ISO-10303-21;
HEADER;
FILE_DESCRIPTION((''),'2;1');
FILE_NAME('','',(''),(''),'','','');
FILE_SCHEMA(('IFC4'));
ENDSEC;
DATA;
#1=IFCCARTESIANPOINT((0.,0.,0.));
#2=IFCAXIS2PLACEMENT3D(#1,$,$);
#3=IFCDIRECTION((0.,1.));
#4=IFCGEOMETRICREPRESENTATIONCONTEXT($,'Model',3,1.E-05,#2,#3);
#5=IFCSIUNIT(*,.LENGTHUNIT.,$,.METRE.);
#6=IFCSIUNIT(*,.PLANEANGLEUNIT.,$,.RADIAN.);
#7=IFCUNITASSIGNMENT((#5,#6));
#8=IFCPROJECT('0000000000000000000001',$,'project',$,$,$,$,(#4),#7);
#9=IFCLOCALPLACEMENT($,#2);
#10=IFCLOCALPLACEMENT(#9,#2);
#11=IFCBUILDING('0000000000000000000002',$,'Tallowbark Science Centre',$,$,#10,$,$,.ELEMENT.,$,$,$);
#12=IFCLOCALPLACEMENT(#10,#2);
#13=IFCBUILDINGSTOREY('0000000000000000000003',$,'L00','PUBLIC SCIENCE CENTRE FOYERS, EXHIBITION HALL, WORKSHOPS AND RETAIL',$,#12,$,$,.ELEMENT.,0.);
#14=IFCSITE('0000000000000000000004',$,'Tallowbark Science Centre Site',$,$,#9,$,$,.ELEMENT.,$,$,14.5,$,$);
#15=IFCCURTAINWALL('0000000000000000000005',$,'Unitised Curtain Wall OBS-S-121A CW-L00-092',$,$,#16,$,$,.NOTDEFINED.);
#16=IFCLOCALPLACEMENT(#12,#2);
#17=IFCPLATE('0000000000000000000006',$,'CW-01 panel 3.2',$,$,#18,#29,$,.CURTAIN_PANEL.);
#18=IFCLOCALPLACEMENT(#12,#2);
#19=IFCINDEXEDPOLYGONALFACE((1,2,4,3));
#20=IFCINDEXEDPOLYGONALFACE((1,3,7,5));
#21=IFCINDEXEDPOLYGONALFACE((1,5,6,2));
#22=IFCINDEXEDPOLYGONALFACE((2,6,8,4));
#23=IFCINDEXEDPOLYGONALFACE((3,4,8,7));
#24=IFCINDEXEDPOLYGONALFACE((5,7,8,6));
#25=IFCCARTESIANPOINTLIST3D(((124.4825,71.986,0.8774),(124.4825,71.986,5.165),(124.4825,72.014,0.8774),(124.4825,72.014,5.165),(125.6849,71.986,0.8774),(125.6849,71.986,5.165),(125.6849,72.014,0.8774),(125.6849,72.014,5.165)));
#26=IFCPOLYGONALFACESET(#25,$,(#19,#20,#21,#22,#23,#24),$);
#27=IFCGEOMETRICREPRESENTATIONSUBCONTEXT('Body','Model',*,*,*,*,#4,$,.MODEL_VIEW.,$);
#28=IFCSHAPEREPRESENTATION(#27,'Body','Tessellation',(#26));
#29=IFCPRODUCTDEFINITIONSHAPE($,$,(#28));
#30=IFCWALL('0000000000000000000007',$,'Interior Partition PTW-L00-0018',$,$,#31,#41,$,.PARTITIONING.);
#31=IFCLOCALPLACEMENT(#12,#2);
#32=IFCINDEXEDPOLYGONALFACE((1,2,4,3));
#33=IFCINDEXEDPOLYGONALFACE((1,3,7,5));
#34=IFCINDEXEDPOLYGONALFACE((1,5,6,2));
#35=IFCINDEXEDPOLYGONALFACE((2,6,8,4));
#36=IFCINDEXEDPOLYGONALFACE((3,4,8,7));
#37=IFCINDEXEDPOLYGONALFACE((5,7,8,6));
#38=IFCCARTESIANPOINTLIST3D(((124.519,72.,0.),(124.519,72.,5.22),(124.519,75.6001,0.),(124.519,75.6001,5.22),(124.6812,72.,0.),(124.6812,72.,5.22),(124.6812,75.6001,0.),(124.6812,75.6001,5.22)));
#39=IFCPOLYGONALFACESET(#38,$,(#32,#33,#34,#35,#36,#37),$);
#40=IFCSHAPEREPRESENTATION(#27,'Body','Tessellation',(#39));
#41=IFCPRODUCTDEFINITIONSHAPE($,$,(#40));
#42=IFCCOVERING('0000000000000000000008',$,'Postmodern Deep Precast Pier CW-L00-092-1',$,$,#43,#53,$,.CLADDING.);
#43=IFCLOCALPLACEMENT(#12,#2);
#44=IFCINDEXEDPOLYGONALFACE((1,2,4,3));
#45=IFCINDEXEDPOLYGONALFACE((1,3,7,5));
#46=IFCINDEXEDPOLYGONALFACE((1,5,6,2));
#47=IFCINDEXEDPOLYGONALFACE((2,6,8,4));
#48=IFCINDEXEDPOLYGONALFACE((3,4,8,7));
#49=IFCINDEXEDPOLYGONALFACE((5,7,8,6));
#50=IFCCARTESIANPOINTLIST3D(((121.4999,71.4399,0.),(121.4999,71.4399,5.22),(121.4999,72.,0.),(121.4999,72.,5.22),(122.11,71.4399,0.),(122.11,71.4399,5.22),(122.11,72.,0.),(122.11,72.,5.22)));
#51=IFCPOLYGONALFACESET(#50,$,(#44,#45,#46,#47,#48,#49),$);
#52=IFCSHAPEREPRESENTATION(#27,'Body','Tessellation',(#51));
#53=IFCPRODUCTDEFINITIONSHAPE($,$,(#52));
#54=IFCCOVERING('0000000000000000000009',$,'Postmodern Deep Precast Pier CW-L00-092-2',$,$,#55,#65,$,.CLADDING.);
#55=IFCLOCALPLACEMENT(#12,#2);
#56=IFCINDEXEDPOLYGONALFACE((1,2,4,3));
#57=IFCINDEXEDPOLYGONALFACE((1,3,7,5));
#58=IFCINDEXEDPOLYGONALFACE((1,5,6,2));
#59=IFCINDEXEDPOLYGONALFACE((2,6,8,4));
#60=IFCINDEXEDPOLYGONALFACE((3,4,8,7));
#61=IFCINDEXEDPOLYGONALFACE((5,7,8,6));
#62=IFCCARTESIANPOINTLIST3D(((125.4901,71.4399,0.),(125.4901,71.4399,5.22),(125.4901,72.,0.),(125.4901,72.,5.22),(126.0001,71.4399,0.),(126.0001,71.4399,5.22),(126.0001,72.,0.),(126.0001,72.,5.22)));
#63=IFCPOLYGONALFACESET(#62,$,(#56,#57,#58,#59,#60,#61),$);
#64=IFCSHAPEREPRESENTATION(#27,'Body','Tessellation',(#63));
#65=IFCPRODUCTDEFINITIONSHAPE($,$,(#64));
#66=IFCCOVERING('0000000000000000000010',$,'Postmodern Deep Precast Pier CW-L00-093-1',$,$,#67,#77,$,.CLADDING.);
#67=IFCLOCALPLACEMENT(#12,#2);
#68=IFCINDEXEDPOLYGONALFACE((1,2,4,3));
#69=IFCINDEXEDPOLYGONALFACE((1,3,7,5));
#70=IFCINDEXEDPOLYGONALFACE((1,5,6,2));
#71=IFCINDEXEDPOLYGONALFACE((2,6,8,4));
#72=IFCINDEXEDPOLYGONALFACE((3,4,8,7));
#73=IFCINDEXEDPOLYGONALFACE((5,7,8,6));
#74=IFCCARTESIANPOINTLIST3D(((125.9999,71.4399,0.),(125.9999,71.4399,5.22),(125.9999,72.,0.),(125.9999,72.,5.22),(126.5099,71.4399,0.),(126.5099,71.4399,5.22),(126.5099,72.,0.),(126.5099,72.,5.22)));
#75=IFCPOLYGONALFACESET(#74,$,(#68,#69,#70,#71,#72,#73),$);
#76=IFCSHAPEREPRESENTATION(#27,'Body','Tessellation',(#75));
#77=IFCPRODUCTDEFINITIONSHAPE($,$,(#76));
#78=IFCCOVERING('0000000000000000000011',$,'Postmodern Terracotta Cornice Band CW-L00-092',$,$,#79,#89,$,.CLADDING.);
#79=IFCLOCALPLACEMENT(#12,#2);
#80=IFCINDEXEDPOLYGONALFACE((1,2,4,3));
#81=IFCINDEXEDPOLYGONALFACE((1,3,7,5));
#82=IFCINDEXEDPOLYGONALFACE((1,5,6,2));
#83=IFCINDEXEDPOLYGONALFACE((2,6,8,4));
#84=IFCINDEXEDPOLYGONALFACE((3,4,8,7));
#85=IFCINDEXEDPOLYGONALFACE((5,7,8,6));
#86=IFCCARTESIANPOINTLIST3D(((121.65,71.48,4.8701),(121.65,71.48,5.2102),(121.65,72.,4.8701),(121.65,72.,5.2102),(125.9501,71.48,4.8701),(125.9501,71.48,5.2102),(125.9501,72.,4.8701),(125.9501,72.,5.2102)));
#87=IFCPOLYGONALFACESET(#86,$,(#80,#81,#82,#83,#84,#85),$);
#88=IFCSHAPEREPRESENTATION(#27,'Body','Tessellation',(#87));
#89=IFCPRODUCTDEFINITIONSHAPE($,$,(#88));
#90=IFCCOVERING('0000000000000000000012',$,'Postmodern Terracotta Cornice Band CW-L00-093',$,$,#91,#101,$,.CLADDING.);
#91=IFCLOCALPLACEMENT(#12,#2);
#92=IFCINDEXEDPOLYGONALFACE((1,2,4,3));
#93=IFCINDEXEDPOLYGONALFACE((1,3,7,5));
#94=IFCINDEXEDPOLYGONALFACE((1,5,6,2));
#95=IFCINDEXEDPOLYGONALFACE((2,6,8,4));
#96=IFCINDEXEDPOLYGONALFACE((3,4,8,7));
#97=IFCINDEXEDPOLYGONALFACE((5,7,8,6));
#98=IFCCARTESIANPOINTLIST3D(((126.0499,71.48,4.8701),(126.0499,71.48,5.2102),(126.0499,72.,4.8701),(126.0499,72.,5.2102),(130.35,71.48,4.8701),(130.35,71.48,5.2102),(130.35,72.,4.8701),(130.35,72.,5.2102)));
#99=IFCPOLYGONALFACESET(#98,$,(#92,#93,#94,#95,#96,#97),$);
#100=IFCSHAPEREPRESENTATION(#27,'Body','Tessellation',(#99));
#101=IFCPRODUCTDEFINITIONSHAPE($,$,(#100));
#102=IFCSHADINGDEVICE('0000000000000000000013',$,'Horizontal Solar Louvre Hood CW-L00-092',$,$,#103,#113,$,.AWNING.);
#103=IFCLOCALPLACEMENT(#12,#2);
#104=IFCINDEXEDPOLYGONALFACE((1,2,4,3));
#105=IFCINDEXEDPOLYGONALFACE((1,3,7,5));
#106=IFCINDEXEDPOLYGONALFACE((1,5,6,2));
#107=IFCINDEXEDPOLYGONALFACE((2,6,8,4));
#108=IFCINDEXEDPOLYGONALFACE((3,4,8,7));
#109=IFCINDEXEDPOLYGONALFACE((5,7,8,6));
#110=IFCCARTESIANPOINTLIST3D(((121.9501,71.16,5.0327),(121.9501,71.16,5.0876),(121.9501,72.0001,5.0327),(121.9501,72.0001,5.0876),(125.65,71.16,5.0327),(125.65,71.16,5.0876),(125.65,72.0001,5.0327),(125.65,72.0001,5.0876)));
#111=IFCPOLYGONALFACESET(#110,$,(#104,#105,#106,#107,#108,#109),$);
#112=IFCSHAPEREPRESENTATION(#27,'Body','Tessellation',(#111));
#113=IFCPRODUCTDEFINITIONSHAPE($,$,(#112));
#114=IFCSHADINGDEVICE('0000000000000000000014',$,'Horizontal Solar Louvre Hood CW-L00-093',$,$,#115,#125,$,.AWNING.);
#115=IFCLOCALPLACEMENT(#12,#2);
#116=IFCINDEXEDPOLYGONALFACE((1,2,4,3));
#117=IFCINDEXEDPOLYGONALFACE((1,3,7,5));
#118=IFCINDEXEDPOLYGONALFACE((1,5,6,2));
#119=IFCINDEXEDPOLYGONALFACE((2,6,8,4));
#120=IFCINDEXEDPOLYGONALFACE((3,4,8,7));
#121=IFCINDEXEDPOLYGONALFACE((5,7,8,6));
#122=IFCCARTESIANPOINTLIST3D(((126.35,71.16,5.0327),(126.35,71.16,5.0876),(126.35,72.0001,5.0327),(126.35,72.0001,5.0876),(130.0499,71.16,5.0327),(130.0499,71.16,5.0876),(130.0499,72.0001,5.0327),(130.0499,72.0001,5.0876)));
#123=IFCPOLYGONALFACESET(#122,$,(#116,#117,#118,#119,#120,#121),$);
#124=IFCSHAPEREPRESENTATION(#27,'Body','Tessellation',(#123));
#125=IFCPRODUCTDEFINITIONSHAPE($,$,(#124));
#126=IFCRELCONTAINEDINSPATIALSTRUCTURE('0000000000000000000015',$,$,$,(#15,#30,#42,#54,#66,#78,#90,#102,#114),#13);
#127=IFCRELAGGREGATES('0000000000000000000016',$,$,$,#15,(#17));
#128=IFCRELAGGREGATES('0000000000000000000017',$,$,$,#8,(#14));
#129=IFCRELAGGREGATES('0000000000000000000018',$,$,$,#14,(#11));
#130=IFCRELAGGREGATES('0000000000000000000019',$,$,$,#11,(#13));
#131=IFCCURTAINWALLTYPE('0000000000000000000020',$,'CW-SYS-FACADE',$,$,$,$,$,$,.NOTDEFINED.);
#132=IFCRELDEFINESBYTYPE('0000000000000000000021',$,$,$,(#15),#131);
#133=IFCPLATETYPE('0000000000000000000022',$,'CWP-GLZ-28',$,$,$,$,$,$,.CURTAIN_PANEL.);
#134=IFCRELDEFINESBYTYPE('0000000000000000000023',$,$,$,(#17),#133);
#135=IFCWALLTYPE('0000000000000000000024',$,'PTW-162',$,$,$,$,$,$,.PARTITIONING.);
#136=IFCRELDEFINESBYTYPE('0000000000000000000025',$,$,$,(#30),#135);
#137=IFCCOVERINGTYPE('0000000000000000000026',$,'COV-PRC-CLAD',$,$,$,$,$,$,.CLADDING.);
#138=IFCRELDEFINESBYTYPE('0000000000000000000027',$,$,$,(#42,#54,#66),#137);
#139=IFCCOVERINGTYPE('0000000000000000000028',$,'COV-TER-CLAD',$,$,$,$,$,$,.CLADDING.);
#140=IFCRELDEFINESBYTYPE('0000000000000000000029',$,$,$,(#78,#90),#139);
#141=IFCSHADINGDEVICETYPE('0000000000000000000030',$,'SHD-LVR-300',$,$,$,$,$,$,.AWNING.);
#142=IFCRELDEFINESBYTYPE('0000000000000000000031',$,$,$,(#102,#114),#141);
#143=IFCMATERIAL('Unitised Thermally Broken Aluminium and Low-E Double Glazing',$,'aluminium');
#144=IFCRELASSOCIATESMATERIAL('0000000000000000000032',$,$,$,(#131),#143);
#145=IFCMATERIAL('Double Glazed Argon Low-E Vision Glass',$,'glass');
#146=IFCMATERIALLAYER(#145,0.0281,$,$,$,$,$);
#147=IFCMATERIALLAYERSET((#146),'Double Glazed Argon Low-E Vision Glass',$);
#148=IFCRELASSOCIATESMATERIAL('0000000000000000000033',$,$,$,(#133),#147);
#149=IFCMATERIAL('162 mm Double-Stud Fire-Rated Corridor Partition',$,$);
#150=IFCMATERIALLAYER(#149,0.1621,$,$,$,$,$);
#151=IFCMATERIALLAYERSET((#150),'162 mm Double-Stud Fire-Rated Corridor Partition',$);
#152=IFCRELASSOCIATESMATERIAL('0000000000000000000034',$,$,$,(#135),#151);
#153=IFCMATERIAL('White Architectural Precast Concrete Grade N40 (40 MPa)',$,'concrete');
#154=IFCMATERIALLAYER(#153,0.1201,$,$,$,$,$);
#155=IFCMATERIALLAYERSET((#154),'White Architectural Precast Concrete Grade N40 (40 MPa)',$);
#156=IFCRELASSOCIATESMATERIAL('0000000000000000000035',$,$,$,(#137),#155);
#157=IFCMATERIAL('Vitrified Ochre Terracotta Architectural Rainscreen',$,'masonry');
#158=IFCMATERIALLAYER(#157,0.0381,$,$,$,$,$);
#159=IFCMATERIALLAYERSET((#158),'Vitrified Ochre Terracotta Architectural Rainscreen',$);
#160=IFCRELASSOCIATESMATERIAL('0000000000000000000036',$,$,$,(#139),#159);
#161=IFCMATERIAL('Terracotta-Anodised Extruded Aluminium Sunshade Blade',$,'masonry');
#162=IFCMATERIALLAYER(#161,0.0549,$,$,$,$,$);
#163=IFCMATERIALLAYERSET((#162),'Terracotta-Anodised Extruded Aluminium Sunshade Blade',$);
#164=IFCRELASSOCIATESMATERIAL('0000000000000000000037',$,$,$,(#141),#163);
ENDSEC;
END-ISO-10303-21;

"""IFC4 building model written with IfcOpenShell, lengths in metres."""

from ifc_helpers import new_model, si_unit, direction, frame, frame_2d, origin, origin_2d, place, context, subcontext, project, spatial, rectangle, extrude, material, layer, layer_set, type_object, element, aggregate, save


model = new_model("IFC4")

# Units and contexts
model_context = context("Model", 3, precision=1e-05, world=origin(), true_north=direction((0.0, 1.0)))
body_context = subcontext(model_context, "Body", "Model", "MODEL_VIEW")
ifc_project = project(units=[si_unit("LENGTHUNIT", "METRE"), si_unit("PLANEANGLEUNIT", "RADIAN")], contexts=[model_context])

# Site, building, storey
site_placement = place(None, origin())
site = spatial("IfcSite", under=ifc_project, at=site_placement, Name="Tallowbark Science Centre Site", CompositionType="ELEMENT", RefElevation=14.5)
building_placement = place(site_placement, origin())
building = spatial("IfcBuilding", under=site, at=building_placement, Name="Tallowbark Science Centre", CompositionType="ELEMENT")
storey_placement = place(building_placement, origin())
storey = spatial("IfcBuildingStorey", under=building, at=storey_placement, Name="L00", Description="PUBLIC SCIENCE CENTRE FOYERS, EXHIBITION HALL, WORKSHOPS AND RETAIL", CompositionType="ELEMENT", Elevation=0.0)

# Curtain wall
ifc_material_1 = material(Name="Unitised Thermally Broken Aluminium and Low-E Double Glazing", Category="aluminium")
curtain_wall_type = type_object("IfcCurtainWallType", Name="CW-SYS-FACADE", PredefinedType="NOTDEFINED", material=ifc_material_1)
curtain_wall_1_placement = place(storey_placement, origin())
curtain_wall_1 = element("IfcCurtainWall", 1, at=curtain_wall_1_placement, inside=storey, type_object=curtain_wall_type, Name="Unitised Curtain Wall OBS-S-121A CW-L00-092", PredefinedType="NOTDEFINED")

# Plate
ifc_material_2 = material(Name="Double Glazed Argon Low-E Vision Glass", Category="glass")
ifc_layer_1 = layer(ifc_material_2, 0.0281)
ifc_layer_set_1 = layer_set([ifc_layer_1], Name="Double Glazed Argon Low-E Vision Glass")
plate_type = type_object("IfcPlateType", Name="CWP-GLZ-28", PredefinedType="CURTAIN_PANEL", material=ifc_layer_set_1)
plate_1_placement = place(storey_placement, frame((125.0837, 72.0, 0.8774), z_axis=(0.0, 0.0, 1.0), x_axis=(1.0, 0.0, 0.0)))
plate_1 = element("IfcPlate", 2, at=plate_1_placement, type_object=plate_type, Name="CW-01 panel 3.2", PredefinedType="CURTAIN_PANEL", context=body_context, shape_type="SweptSolid", body=[
    extrude(rectangle(XDim=1.2024, YDim=0.0281, at=origin_2d()), origin(), (0.0, 0.0, 1.0), 4.2876),
])
aggregate(curtain_wall_1, [plate_1])

# Wall
ifc_material_3 = material(Name="162 mm Double-Stud Fire-Rated Corridor Partition")
ifc_layer_2 = layer(ifc_material_3, 0.1621)
ifc_layer_set_2 = layer_set([ifc_layer_2], Name="162 mm Double-Stud Fire-Rated Corridor Partition")
wall_type = type_object("IfcWallType", Name="PTW-162", PredefinedType="PARTITIONING", material=ifc_layer_set_2)
wall_placement = place(storey_placement, frame((124.6001, 72.0, 0.0), z_axis=(0.0, 0.0, 1.0), x_axis=(0.0, 1.0, 0.0)))
element("IfcWall", 3, at=wall_placement, inside=storey, type_object=wall_type, Name="Interior Partition PTW-L00-0018", PredefinedType="PARTITIONING", context=body_context, shape_type="SweptSolid", body=[
    extrude(rectangle(XDim=3.6001, YDim=0.1621, at=frame_2d((1.8, 0.0))), origin(), (0.0, 0.0, 1.0), 5.22),
])

# Coverings
ifc_material_4 = material(Name="White Architectural Precast Concrete Grade N40 (40 MPa)", Category="concrete")
ifc_layer_3 = layer(ifc_material_4, 0.1201)
ifc_layer_set_3 = layer_set([ifc_layer_3], Name="White Architectural Precast Concrete Grade N40 (40 MPa)")
covering_type_1 = type_object("IfcCoveringType", Name="COV-PRC-CLAD", PredefinedType="CLADDING", material=ifc_layer_set_3)
covering_placement = place(storey_placement, frame((121.8049, 71.72, 0.0), z_axis=(0.0, 0.0, 1.0), x_axis=(1.0, 0.0, 0.0)))
element("IfcCovering", 4, at=covering_placement, inside=storey, type_object=covering_type_1, Name="Postmodern Deep Precast Pier CW-L00-092-1", PredefinedType="CLADDING", context=body_context, shape_type="SweptSolid", body=[
    extrude(rectangle(XDim=0.6101, YDim=0.5601, at=origin_2d()), origin(), (0.0, 0.0, 1.0), 5.22),
])
for number, where, z_axis, x_axis, name in (
    (5, (125.7451, 71.72, 0.0), (0.0, 0.0, 1.0), (1.0, 0.0, 0.0), "Postmodern Deep Precast Pier CW-L00-092-2"),
    (6, (126.2549, 71.72, 0.0), (0.0, 0.0, 1.0), (1.0, 0.0, 0.0), "Postmodern Deep Precast Pier CW-L00-093-1"),
):
    element("IfcCovering", number, at=place(storey_placement, frame(where, z_axis=z_axis, x_axis=x_axis)), inside=storey, type_object=covering_type_1, Name=name, PredefinedType="CLADDING", context=body_context, shape_type="SweptSolid", body=[
        extrude(rectangle(XDim=0.51, YDim=0.5601, at=origin_2d()), origin(), (0.0, 0.0, 1.0), 5.22),
    ])
ifc_material_5 = material(Name="Vitrified Ochre Terracotta Architectural Rainscreen", Category="masonry")
ifc_layer_4 = layer(ifc_material_5, 0.0381)
ifc_layer_set_4 = layer_set([ifc_layer_4], Name="Vitrified Ochre Terracotta Architectural Rainscreen")
covering_type_2 = type_object("IfcCoveringType", Name="COV-TER-CLAD", PredefinedType="CLADDING", material=ifc_layer_set_4)
for number, where, z_axis, x_axis, name in (
    (7, (123.8, 71.74, 4.8701), (0.0, 0.0, 1.0), (1.0, 0.0, 0.0), "Postmodern Terracotta Cornice Band CW-L00-092"),
    (8, (128.2, 71.74, 4.8701), (0.0, 0.0, 1.0), (1.0, 0.0, 0.0), "Postmodern Terracotta Cornice Band CW-L00-093"),
):
    element("IfcCovering", number, at=place(storey_placement, frame(where, z_axis=z_axis, x_axis=x_axis)), inside=storey, type_object=covering_type_2, Name=name, PredefinedType="CLADDING", context=body_context, shape_type="SweptSolid", body=[
        extrude(rectangle(XDim=4.3, YDim=0.52, at=origin_2d()), origin(), (0.0, 0.0, 1.0), 0.3401),
    ])

# Shading devices
ifc_material_6 = material(Name="Terracotta-Anodised Extruded Aluminium Sunshade Blade", Category="masonry")
ifc_layer_5 = layer(ifc_material_6, 0.0549)
ifc_layer_set_5 = layer_set([ifc_layer_5], Name="Terracotta-Anodised Extruded Aluminium Sunshade Blade")
shading_device_type = type_object("IfcShadingDeviceType", Name="SHD-LVR-300", PredefinedType="AWNING", material=ifc_layer_set_5)
for number, where, z_axis, x_axis, name in (
    (9, (123.8, 71.5801, 5.0327), (0.0, 0.0, 1.0), (1.0, 0.0, 0.0), "Horizontal Solar Louvre Hood CW-L00-092"),
    (10, (128.2, 71.5801, 5.0327), (0.0, 0.0, 1.0), (1.0, 0.0, 0.0), "Horizontal Solar Louvre Hood CW-L00-093"),
):
    element("IfcShadingDevice", number, at=place(storey_placement, frame(where, z_axis=z_axis, x_axis=x_axis)), inside=storey, type_object=shading_device_type, Name=name, PredefinedType="AWNING", context=body_context, shape_type="SweptSolid", body=[
        extrude(rectangle(XDim=3.7, YDim=0.8401, at=origin_2d()), origin(), (0.0, 0.0, 1.0), 0.0549),
    ])

save(model, "model.ifc")
